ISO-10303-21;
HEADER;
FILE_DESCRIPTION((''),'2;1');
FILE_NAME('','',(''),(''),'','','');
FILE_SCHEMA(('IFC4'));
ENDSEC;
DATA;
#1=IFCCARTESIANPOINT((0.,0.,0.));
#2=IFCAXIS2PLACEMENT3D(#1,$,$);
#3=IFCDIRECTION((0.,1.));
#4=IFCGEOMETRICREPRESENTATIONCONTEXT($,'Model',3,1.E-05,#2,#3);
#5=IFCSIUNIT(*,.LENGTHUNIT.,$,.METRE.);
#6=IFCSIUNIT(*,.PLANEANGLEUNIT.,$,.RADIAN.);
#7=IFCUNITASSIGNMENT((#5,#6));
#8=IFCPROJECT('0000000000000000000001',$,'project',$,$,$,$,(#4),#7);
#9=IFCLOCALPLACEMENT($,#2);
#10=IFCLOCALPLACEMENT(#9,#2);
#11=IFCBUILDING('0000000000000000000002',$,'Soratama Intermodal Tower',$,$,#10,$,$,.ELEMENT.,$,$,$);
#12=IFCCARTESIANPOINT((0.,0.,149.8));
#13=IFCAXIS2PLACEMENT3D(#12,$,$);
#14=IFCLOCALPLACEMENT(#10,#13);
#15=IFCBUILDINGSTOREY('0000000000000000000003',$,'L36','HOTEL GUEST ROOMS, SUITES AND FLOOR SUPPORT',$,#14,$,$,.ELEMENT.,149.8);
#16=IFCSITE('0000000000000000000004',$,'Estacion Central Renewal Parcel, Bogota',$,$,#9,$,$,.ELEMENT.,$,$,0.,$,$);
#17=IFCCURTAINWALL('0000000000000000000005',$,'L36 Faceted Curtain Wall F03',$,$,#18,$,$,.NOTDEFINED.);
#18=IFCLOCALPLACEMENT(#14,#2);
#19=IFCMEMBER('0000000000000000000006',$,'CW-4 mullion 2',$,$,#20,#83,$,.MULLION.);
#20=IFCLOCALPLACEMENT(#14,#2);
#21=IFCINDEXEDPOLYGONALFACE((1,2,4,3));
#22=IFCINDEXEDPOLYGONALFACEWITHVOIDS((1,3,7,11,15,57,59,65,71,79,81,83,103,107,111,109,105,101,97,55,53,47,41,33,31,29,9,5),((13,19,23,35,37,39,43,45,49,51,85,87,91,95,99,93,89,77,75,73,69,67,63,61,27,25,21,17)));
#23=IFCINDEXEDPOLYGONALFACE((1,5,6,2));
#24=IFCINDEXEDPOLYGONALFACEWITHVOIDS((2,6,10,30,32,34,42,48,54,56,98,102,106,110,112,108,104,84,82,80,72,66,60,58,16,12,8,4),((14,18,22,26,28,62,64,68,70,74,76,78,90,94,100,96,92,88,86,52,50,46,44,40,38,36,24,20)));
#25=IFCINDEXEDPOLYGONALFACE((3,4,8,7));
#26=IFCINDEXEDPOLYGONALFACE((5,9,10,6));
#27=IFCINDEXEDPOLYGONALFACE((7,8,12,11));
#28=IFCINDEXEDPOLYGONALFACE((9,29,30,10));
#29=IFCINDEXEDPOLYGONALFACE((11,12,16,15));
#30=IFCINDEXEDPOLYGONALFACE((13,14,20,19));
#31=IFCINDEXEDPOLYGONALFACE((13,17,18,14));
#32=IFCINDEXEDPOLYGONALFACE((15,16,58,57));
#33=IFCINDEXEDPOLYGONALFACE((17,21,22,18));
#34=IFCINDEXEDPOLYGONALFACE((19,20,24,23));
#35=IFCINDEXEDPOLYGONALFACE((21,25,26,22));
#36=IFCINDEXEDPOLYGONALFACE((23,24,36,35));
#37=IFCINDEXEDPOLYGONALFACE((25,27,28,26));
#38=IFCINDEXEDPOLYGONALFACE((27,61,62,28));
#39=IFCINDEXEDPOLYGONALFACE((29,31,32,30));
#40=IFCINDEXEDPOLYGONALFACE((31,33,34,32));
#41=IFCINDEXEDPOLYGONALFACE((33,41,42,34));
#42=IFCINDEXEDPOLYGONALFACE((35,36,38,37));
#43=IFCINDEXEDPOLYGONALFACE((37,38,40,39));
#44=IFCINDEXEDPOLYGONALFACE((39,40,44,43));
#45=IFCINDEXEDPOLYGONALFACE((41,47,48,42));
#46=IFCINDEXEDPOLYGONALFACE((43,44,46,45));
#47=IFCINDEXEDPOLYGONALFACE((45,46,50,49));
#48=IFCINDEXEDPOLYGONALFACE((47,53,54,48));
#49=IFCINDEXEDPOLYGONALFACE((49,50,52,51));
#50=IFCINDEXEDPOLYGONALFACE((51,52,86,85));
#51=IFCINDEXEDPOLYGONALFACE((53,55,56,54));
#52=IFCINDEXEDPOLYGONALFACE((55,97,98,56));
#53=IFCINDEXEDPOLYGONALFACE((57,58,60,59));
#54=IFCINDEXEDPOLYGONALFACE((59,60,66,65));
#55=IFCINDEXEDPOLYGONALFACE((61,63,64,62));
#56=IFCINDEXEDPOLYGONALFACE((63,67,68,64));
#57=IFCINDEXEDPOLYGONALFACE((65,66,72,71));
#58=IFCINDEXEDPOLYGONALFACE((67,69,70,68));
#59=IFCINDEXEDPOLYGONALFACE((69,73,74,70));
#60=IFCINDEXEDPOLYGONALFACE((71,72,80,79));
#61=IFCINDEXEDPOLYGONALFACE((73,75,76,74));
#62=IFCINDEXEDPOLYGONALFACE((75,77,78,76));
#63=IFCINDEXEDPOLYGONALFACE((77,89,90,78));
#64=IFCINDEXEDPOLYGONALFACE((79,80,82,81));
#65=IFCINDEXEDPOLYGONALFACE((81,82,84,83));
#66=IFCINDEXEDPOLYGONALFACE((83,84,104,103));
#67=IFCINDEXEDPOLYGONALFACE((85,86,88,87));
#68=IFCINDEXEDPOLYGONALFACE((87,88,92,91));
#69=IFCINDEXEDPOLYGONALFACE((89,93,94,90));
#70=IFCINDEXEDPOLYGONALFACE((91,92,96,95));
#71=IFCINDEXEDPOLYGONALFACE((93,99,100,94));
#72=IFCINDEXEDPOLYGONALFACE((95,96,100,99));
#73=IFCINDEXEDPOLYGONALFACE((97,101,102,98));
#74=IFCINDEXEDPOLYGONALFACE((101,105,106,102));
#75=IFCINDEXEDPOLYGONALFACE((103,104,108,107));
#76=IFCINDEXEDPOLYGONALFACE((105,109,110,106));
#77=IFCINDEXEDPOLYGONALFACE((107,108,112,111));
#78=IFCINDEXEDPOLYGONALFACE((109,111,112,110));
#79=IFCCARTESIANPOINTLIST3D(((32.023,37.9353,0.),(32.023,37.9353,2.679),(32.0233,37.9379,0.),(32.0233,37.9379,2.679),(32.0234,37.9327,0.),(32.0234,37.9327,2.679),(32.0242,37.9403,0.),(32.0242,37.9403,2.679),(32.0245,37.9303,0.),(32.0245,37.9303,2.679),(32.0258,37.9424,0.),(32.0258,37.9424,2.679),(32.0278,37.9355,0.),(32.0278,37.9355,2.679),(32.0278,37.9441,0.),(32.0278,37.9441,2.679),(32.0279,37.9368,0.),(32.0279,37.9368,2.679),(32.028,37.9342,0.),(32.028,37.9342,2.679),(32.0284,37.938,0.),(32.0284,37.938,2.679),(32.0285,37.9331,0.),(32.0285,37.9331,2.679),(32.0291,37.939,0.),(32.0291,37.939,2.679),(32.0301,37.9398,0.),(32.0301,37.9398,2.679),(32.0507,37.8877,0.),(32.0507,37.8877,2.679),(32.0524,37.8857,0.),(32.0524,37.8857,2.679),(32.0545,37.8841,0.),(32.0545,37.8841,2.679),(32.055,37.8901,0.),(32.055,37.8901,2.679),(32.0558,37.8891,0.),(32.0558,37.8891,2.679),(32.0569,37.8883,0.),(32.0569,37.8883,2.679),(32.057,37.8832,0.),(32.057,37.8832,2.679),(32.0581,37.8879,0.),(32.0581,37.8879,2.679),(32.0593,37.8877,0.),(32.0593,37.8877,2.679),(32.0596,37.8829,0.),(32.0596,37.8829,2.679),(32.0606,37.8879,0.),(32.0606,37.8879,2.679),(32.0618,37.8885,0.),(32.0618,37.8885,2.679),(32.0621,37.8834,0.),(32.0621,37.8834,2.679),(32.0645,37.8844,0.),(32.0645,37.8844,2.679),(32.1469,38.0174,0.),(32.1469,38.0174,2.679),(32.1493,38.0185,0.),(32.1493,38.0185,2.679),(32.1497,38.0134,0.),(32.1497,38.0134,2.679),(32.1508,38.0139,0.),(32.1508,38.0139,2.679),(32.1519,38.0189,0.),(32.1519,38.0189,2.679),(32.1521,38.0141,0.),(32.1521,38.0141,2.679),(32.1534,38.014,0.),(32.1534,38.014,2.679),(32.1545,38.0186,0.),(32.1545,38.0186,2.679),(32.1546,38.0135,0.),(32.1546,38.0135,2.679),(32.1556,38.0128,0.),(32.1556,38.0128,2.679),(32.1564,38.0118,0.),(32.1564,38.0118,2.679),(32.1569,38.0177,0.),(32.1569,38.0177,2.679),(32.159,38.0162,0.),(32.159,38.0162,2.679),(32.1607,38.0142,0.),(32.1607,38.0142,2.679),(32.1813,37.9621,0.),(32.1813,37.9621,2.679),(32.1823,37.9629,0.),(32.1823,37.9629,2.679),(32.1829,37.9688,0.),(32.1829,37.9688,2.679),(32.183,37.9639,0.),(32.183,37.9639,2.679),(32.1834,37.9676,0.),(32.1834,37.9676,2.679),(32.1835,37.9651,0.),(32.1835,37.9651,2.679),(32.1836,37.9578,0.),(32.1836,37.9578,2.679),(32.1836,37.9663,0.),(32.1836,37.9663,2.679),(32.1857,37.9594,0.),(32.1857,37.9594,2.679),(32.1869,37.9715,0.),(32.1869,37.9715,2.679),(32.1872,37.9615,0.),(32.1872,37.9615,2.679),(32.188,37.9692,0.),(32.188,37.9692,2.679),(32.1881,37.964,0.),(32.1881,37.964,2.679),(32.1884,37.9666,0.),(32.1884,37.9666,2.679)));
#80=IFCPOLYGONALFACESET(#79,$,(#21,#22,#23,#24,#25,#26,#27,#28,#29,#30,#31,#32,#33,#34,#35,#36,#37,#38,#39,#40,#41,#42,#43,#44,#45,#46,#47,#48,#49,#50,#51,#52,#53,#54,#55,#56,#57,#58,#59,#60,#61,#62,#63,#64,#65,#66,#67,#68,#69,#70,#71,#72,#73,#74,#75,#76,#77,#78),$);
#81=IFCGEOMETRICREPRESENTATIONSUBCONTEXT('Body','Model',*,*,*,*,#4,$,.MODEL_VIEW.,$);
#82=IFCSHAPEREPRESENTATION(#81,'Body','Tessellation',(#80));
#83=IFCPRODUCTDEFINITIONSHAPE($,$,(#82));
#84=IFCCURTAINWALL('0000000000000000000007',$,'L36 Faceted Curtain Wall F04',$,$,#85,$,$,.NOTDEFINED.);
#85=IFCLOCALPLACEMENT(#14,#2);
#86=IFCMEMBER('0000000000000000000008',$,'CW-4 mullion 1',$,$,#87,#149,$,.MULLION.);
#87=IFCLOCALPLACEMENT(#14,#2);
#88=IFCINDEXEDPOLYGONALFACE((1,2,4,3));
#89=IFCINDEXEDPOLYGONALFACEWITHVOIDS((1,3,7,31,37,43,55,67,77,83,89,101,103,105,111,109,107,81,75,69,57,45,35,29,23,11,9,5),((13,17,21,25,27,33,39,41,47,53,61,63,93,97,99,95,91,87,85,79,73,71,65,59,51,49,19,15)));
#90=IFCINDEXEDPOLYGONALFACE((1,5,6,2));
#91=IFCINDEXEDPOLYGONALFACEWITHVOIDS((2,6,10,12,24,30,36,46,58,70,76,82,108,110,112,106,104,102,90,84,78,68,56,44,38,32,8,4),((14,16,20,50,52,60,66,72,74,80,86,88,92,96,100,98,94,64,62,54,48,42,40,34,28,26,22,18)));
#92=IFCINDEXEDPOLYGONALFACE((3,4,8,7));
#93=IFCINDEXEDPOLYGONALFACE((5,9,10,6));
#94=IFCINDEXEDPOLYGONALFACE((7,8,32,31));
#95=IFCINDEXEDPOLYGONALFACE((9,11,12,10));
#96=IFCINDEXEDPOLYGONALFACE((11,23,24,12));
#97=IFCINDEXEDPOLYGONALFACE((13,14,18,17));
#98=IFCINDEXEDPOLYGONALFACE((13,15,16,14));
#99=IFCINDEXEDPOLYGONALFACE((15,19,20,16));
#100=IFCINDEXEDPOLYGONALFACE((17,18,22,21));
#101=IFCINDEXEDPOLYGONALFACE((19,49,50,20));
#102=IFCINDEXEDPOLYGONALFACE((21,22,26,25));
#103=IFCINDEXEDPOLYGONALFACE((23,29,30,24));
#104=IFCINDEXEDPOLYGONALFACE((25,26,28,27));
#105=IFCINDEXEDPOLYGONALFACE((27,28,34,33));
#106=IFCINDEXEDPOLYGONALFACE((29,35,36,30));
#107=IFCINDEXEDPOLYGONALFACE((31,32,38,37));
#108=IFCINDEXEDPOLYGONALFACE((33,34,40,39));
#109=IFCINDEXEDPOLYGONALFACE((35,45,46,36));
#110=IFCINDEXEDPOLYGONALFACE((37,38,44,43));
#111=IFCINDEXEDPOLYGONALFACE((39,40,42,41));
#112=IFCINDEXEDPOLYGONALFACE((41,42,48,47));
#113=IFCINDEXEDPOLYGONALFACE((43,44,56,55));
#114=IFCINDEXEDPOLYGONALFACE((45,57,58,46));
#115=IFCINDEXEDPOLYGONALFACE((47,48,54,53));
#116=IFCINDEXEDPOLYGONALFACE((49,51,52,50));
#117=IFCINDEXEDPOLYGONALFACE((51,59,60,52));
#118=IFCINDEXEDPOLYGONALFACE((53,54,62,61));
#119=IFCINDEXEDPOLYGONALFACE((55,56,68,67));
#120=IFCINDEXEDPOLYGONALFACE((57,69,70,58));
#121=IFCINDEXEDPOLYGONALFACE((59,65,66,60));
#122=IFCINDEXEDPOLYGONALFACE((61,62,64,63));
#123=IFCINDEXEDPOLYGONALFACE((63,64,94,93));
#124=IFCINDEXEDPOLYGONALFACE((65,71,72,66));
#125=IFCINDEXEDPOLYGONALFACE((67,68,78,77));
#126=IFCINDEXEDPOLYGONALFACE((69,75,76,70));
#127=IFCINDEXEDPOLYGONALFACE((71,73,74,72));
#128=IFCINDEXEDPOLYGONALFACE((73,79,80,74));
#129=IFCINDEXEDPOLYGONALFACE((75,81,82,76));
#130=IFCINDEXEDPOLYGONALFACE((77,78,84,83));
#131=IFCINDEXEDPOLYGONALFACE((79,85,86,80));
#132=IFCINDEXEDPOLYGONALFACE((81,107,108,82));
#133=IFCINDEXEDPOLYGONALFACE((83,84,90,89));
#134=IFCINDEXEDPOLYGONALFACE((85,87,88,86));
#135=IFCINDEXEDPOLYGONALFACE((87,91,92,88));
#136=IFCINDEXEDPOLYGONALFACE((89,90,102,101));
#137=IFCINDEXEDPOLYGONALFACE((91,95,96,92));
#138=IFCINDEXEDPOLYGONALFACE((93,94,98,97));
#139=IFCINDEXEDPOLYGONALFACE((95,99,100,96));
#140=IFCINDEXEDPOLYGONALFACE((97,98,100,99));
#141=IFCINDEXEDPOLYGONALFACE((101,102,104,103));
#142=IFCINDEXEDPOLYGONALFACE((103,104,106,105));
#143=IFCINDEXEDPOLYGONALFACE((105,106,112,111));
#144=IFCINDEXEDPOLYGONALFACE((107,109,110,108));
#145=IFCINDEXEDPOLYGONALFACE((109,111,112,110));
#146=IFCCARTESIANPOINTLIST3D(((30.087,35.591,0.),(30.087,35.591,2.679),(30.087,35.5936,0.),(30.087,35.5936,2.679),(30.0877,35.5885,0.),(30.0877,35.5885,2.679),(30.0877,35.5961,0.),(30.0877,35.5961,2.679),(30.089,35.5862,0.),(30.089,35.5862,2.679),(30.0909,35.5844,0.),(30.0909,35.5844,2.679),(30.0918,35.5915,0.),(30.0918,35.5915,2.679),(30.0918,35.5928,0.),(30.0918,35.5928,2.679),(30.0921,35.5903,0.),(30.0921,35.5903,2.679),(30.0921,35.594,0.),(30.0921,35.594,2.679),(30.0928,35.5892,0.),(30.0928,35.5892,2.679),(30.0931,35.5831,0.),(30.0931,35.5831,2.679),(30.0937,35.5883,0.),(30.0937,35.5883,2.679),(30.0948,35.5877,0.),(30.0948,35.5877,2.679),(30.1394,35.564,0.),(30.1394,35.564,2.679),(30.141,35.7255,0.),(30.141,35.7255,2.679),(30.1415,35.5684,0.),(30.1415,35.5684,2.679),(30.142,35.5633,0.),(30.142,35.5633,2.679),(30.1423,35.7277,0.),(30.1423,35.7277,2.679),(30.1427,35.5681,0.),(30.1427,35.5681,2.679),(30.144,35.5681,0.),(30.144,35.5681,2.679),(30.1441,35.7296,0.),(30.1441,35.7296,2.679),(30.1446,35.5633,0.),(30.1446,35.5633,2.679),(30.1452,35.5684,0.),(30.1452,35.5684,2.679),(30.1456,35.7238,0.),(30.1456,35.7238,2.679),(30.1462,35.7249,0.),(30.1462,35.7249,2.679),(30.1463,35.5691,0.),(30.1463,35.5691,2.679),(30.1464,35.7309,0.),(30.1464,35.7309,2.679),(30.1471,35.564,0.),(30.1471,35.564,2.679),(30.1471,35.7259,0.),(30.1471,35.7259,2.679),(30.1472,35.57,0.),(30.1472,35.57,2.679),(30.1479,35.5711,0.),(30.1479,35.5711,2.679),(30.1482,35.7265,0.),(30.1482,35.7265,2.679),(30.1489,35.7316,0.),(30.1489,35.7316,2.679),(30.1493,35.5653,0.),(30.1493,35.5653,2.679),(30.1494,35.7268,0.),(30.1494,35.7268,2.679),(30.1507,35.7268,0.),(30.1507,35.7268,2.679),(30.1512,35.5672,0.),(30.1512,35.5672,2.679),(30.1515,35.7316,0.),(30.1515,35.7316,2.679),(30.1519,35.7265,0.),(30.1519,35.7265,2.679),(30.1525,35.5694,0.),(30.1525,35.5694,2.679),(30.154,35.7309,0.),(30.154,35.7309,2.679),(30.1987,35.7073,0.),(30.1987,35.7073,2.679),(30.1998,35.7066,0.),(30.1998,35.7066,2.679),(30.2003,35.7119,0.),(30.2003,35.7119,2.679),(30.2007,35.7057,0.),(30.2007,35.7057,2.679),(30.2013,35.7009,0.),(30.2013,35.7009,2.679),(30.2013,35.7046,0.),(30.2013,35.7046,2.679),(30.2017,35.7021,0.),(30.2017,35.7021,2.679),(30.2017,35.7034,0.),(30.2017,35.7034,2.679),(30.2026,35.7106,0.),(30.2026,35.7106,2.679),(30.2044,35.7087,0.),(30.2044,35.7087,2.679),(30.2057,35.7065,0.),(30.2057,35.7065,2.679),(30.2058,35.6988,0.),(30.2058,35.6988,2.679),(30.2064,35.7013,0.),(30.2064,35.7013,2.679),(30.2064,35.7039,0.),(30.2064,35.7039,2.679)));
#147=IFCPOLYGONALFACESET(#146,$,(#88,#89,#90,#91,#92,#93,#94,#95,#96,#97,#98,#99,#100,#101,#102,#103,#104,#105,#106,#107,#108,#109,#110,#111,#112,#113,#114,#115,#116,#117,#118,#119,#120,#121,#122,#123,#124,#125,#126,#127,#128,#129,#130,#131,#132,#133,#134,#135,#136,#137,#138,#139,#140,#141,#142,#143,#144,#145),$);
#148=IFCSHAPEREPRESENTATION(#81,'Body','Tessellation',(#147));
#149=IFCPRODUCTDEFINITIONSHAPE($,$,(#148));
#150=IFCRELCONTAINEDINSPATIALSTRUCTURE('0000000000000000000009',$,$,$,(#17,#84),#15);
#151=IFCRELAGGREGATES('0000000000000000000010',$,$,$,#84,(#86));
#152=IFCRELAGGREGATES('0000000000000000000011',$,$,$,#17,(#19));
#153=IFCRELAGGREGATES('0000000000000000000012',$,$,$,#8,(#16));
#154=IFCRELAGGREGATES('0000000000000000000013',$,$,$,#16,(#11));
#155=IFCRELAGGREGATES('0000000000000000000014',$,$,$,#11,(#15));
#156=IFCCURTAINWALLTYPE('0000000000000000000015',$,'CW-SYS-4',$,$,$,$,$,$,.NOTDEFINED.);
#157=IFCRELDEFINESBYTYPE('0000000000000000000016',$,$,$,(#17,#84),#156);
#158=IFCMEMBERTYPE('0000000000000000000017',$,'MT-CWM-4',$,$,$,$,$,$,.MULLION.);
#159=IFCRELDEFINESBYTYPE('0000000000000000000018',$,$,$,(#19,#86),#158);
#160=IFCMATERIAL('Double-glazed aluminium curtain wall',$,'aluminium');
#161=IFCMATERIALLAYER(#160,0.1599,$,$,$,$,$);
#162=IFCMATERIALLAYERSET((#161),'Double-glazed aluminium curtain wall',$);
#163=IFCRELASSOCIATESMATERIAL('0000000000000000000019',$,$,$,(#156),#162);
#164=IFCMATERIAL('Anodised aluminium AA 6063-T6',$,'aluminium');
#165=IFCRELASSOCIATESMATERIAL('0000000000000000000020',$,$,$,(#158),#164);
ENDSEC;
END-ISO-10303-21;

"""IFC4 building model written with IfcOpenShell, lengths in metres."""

from ifc_helpers import new_model, si_unit, direction, frame, origin, origin_2d, place, context, subcontext, project, spatial, hollow_rectangle, extrude, material, layer, layer_set, material_profile, profile_set, type_object, element, aggregate, save


model = new_model("IFC4")

# Units and contexts
model_context = context("Model", 3, precision=1e-05, world=origin(), true_north=direction((0.0, 1.0)))
body_context = subcontext(model_context, "Body", "Model", "MODEL_VIEW")
ifc_project = project(units=[si_unit("LENGTHUNIT", "METRE"), si_unit("PLANEANGLEUNIT", "RADIAN")], contexts=[model_context])

# Site, building, storey
site_placement = place(None, origin())
site = spatial("IfcSite", under=ifc_project, at=site_placement, Name="Estacion Central Renewal Parcel, Bogota", CompositionType="ELEMENT", RefElevation=0.0)
building_placement = place(site_placement, origin())
building = spatial("IfcBuilding", under=site, at=building_placement, Name="Soratama Intermodal Tower", CompositionType="ELEMENT")
storey_placement = place(building_placement, frame((0.0, 0.0, 149.8)))
storey = spatial("IfcBuildingStorey", under=building, at=storey_placement, Name="L36", Description="HOTEL GUEST ROOMS, SUITES AND FLOOR SUPPORT", CompositionType="ELEMENT", Elevation=149.8)

# Curtain wall, member
ifc_material_1 = material(Name="Double-glazed aluminium curtain wall", Category="aluminium")
ifc_layer_1 = layer(ifc_material_1, 0.1599)
ifc_layer_set_1 = layer_set([ifc_layer_1], Name="Double-glazed aluminium curtain wall")
curtain_wall_type = type_object("IfcCurtainWallType", Name="CW-SYS-4", PredefinedType="NOTDEFINED", material=ifc_layer_set_1)
curtain_wall_1_placement = place(storey_placement, origin())
curtain_wall_1 = element("IfcCurtainWall", 1, at=curtain_wall_1_placement, inside=storey, type_object=curtain_wall_type, Name="L36 Faceted Curtain Wall F03", PredefinedType="NOTDEFINED")
ifc_material_2 = material(Name="Anodised aluminium AA 6063-T6", Category="aluminium")
ifc_material_profile_1 = material_profile(ifc_material_2, hollow_rectangle(XDim=0.0701, YDim=0.1599, WallThickness=0.0049, InnerFilletRadius=0.0049, OuterFilletRadius=0.01, at=origin_2d()), Name="CWM160X70X5")
ifc_profile_set_1 = profile_set([ifc_material_profile_1], Name="Anodised aluminium AA 6063-T6")
member_type_1 = type_object("IfcMemberType", Name="MT-CWM-4", PredefinedType="MULLION", material=ifc_profile_set_1)
member_1_placement = place(storey_placement, frame((32.1057, 37.9509, 0.0), z_axis=(0.0, 0.0, 1.0), x_axis=(0.524277, -0.851548, 0.0)))
member_1 = element("IfcMember", 2, at=member_1_placement, type_object=member_type_1, Name="CW-4 mullion 2", PredefinedType="MULLION", context=body_context, shape_type="SweptSolid", body=[
    extrude(hollow_rectangle(XDim=0.0701, YDim=0.1599, WallThickness=0.0049, InnerFilletRadius=0.0049, OuterFilletRadius=0.01, at=origin_2d()), origin(), (0.0, 0.0, 1.0), 2.679),
])

# Curtain wall, member
curtain_wall_2_placement = place(storey_placement, origin())
curtain_wall_2 = element("IfcCurtainWall", 3, at=curtain_wall_2_placement, inside=storey, type_object=curtain_wall_type, Name="L36 Faceted Curtain Wall F04", PredefinedType="NOTDEFINED")
member_2_placement = place(storey_placement, frame((30.1467, 35.6475, 0.0), z_axis=(0.0, 0.0, 1.0), x_axis=(0.924678, -0.38075, 0.0)))
member_2 = element("IfcMember", 4, at=member_2_placement, type_object=member_type_1, Name="CW-4 mullion 1", PredefinedType="MULLION", context=body_context, shape_type="SweptSolid", body=[
    extrude(hollow_rectangle(XDim=0.0701, YDim=0.1599, WallThickness=0.0049, InnerFilletRadius=0.0049, OuterFilletRadius=0.01, at=origin_2d()), origin(), (0.0, 0.0, 1.0), 2.679),
])

aggregate(curtain_wall_2, [member_2])

aggregate(curtain_wall_1, [member_1])

save(model, "model.ifc")
